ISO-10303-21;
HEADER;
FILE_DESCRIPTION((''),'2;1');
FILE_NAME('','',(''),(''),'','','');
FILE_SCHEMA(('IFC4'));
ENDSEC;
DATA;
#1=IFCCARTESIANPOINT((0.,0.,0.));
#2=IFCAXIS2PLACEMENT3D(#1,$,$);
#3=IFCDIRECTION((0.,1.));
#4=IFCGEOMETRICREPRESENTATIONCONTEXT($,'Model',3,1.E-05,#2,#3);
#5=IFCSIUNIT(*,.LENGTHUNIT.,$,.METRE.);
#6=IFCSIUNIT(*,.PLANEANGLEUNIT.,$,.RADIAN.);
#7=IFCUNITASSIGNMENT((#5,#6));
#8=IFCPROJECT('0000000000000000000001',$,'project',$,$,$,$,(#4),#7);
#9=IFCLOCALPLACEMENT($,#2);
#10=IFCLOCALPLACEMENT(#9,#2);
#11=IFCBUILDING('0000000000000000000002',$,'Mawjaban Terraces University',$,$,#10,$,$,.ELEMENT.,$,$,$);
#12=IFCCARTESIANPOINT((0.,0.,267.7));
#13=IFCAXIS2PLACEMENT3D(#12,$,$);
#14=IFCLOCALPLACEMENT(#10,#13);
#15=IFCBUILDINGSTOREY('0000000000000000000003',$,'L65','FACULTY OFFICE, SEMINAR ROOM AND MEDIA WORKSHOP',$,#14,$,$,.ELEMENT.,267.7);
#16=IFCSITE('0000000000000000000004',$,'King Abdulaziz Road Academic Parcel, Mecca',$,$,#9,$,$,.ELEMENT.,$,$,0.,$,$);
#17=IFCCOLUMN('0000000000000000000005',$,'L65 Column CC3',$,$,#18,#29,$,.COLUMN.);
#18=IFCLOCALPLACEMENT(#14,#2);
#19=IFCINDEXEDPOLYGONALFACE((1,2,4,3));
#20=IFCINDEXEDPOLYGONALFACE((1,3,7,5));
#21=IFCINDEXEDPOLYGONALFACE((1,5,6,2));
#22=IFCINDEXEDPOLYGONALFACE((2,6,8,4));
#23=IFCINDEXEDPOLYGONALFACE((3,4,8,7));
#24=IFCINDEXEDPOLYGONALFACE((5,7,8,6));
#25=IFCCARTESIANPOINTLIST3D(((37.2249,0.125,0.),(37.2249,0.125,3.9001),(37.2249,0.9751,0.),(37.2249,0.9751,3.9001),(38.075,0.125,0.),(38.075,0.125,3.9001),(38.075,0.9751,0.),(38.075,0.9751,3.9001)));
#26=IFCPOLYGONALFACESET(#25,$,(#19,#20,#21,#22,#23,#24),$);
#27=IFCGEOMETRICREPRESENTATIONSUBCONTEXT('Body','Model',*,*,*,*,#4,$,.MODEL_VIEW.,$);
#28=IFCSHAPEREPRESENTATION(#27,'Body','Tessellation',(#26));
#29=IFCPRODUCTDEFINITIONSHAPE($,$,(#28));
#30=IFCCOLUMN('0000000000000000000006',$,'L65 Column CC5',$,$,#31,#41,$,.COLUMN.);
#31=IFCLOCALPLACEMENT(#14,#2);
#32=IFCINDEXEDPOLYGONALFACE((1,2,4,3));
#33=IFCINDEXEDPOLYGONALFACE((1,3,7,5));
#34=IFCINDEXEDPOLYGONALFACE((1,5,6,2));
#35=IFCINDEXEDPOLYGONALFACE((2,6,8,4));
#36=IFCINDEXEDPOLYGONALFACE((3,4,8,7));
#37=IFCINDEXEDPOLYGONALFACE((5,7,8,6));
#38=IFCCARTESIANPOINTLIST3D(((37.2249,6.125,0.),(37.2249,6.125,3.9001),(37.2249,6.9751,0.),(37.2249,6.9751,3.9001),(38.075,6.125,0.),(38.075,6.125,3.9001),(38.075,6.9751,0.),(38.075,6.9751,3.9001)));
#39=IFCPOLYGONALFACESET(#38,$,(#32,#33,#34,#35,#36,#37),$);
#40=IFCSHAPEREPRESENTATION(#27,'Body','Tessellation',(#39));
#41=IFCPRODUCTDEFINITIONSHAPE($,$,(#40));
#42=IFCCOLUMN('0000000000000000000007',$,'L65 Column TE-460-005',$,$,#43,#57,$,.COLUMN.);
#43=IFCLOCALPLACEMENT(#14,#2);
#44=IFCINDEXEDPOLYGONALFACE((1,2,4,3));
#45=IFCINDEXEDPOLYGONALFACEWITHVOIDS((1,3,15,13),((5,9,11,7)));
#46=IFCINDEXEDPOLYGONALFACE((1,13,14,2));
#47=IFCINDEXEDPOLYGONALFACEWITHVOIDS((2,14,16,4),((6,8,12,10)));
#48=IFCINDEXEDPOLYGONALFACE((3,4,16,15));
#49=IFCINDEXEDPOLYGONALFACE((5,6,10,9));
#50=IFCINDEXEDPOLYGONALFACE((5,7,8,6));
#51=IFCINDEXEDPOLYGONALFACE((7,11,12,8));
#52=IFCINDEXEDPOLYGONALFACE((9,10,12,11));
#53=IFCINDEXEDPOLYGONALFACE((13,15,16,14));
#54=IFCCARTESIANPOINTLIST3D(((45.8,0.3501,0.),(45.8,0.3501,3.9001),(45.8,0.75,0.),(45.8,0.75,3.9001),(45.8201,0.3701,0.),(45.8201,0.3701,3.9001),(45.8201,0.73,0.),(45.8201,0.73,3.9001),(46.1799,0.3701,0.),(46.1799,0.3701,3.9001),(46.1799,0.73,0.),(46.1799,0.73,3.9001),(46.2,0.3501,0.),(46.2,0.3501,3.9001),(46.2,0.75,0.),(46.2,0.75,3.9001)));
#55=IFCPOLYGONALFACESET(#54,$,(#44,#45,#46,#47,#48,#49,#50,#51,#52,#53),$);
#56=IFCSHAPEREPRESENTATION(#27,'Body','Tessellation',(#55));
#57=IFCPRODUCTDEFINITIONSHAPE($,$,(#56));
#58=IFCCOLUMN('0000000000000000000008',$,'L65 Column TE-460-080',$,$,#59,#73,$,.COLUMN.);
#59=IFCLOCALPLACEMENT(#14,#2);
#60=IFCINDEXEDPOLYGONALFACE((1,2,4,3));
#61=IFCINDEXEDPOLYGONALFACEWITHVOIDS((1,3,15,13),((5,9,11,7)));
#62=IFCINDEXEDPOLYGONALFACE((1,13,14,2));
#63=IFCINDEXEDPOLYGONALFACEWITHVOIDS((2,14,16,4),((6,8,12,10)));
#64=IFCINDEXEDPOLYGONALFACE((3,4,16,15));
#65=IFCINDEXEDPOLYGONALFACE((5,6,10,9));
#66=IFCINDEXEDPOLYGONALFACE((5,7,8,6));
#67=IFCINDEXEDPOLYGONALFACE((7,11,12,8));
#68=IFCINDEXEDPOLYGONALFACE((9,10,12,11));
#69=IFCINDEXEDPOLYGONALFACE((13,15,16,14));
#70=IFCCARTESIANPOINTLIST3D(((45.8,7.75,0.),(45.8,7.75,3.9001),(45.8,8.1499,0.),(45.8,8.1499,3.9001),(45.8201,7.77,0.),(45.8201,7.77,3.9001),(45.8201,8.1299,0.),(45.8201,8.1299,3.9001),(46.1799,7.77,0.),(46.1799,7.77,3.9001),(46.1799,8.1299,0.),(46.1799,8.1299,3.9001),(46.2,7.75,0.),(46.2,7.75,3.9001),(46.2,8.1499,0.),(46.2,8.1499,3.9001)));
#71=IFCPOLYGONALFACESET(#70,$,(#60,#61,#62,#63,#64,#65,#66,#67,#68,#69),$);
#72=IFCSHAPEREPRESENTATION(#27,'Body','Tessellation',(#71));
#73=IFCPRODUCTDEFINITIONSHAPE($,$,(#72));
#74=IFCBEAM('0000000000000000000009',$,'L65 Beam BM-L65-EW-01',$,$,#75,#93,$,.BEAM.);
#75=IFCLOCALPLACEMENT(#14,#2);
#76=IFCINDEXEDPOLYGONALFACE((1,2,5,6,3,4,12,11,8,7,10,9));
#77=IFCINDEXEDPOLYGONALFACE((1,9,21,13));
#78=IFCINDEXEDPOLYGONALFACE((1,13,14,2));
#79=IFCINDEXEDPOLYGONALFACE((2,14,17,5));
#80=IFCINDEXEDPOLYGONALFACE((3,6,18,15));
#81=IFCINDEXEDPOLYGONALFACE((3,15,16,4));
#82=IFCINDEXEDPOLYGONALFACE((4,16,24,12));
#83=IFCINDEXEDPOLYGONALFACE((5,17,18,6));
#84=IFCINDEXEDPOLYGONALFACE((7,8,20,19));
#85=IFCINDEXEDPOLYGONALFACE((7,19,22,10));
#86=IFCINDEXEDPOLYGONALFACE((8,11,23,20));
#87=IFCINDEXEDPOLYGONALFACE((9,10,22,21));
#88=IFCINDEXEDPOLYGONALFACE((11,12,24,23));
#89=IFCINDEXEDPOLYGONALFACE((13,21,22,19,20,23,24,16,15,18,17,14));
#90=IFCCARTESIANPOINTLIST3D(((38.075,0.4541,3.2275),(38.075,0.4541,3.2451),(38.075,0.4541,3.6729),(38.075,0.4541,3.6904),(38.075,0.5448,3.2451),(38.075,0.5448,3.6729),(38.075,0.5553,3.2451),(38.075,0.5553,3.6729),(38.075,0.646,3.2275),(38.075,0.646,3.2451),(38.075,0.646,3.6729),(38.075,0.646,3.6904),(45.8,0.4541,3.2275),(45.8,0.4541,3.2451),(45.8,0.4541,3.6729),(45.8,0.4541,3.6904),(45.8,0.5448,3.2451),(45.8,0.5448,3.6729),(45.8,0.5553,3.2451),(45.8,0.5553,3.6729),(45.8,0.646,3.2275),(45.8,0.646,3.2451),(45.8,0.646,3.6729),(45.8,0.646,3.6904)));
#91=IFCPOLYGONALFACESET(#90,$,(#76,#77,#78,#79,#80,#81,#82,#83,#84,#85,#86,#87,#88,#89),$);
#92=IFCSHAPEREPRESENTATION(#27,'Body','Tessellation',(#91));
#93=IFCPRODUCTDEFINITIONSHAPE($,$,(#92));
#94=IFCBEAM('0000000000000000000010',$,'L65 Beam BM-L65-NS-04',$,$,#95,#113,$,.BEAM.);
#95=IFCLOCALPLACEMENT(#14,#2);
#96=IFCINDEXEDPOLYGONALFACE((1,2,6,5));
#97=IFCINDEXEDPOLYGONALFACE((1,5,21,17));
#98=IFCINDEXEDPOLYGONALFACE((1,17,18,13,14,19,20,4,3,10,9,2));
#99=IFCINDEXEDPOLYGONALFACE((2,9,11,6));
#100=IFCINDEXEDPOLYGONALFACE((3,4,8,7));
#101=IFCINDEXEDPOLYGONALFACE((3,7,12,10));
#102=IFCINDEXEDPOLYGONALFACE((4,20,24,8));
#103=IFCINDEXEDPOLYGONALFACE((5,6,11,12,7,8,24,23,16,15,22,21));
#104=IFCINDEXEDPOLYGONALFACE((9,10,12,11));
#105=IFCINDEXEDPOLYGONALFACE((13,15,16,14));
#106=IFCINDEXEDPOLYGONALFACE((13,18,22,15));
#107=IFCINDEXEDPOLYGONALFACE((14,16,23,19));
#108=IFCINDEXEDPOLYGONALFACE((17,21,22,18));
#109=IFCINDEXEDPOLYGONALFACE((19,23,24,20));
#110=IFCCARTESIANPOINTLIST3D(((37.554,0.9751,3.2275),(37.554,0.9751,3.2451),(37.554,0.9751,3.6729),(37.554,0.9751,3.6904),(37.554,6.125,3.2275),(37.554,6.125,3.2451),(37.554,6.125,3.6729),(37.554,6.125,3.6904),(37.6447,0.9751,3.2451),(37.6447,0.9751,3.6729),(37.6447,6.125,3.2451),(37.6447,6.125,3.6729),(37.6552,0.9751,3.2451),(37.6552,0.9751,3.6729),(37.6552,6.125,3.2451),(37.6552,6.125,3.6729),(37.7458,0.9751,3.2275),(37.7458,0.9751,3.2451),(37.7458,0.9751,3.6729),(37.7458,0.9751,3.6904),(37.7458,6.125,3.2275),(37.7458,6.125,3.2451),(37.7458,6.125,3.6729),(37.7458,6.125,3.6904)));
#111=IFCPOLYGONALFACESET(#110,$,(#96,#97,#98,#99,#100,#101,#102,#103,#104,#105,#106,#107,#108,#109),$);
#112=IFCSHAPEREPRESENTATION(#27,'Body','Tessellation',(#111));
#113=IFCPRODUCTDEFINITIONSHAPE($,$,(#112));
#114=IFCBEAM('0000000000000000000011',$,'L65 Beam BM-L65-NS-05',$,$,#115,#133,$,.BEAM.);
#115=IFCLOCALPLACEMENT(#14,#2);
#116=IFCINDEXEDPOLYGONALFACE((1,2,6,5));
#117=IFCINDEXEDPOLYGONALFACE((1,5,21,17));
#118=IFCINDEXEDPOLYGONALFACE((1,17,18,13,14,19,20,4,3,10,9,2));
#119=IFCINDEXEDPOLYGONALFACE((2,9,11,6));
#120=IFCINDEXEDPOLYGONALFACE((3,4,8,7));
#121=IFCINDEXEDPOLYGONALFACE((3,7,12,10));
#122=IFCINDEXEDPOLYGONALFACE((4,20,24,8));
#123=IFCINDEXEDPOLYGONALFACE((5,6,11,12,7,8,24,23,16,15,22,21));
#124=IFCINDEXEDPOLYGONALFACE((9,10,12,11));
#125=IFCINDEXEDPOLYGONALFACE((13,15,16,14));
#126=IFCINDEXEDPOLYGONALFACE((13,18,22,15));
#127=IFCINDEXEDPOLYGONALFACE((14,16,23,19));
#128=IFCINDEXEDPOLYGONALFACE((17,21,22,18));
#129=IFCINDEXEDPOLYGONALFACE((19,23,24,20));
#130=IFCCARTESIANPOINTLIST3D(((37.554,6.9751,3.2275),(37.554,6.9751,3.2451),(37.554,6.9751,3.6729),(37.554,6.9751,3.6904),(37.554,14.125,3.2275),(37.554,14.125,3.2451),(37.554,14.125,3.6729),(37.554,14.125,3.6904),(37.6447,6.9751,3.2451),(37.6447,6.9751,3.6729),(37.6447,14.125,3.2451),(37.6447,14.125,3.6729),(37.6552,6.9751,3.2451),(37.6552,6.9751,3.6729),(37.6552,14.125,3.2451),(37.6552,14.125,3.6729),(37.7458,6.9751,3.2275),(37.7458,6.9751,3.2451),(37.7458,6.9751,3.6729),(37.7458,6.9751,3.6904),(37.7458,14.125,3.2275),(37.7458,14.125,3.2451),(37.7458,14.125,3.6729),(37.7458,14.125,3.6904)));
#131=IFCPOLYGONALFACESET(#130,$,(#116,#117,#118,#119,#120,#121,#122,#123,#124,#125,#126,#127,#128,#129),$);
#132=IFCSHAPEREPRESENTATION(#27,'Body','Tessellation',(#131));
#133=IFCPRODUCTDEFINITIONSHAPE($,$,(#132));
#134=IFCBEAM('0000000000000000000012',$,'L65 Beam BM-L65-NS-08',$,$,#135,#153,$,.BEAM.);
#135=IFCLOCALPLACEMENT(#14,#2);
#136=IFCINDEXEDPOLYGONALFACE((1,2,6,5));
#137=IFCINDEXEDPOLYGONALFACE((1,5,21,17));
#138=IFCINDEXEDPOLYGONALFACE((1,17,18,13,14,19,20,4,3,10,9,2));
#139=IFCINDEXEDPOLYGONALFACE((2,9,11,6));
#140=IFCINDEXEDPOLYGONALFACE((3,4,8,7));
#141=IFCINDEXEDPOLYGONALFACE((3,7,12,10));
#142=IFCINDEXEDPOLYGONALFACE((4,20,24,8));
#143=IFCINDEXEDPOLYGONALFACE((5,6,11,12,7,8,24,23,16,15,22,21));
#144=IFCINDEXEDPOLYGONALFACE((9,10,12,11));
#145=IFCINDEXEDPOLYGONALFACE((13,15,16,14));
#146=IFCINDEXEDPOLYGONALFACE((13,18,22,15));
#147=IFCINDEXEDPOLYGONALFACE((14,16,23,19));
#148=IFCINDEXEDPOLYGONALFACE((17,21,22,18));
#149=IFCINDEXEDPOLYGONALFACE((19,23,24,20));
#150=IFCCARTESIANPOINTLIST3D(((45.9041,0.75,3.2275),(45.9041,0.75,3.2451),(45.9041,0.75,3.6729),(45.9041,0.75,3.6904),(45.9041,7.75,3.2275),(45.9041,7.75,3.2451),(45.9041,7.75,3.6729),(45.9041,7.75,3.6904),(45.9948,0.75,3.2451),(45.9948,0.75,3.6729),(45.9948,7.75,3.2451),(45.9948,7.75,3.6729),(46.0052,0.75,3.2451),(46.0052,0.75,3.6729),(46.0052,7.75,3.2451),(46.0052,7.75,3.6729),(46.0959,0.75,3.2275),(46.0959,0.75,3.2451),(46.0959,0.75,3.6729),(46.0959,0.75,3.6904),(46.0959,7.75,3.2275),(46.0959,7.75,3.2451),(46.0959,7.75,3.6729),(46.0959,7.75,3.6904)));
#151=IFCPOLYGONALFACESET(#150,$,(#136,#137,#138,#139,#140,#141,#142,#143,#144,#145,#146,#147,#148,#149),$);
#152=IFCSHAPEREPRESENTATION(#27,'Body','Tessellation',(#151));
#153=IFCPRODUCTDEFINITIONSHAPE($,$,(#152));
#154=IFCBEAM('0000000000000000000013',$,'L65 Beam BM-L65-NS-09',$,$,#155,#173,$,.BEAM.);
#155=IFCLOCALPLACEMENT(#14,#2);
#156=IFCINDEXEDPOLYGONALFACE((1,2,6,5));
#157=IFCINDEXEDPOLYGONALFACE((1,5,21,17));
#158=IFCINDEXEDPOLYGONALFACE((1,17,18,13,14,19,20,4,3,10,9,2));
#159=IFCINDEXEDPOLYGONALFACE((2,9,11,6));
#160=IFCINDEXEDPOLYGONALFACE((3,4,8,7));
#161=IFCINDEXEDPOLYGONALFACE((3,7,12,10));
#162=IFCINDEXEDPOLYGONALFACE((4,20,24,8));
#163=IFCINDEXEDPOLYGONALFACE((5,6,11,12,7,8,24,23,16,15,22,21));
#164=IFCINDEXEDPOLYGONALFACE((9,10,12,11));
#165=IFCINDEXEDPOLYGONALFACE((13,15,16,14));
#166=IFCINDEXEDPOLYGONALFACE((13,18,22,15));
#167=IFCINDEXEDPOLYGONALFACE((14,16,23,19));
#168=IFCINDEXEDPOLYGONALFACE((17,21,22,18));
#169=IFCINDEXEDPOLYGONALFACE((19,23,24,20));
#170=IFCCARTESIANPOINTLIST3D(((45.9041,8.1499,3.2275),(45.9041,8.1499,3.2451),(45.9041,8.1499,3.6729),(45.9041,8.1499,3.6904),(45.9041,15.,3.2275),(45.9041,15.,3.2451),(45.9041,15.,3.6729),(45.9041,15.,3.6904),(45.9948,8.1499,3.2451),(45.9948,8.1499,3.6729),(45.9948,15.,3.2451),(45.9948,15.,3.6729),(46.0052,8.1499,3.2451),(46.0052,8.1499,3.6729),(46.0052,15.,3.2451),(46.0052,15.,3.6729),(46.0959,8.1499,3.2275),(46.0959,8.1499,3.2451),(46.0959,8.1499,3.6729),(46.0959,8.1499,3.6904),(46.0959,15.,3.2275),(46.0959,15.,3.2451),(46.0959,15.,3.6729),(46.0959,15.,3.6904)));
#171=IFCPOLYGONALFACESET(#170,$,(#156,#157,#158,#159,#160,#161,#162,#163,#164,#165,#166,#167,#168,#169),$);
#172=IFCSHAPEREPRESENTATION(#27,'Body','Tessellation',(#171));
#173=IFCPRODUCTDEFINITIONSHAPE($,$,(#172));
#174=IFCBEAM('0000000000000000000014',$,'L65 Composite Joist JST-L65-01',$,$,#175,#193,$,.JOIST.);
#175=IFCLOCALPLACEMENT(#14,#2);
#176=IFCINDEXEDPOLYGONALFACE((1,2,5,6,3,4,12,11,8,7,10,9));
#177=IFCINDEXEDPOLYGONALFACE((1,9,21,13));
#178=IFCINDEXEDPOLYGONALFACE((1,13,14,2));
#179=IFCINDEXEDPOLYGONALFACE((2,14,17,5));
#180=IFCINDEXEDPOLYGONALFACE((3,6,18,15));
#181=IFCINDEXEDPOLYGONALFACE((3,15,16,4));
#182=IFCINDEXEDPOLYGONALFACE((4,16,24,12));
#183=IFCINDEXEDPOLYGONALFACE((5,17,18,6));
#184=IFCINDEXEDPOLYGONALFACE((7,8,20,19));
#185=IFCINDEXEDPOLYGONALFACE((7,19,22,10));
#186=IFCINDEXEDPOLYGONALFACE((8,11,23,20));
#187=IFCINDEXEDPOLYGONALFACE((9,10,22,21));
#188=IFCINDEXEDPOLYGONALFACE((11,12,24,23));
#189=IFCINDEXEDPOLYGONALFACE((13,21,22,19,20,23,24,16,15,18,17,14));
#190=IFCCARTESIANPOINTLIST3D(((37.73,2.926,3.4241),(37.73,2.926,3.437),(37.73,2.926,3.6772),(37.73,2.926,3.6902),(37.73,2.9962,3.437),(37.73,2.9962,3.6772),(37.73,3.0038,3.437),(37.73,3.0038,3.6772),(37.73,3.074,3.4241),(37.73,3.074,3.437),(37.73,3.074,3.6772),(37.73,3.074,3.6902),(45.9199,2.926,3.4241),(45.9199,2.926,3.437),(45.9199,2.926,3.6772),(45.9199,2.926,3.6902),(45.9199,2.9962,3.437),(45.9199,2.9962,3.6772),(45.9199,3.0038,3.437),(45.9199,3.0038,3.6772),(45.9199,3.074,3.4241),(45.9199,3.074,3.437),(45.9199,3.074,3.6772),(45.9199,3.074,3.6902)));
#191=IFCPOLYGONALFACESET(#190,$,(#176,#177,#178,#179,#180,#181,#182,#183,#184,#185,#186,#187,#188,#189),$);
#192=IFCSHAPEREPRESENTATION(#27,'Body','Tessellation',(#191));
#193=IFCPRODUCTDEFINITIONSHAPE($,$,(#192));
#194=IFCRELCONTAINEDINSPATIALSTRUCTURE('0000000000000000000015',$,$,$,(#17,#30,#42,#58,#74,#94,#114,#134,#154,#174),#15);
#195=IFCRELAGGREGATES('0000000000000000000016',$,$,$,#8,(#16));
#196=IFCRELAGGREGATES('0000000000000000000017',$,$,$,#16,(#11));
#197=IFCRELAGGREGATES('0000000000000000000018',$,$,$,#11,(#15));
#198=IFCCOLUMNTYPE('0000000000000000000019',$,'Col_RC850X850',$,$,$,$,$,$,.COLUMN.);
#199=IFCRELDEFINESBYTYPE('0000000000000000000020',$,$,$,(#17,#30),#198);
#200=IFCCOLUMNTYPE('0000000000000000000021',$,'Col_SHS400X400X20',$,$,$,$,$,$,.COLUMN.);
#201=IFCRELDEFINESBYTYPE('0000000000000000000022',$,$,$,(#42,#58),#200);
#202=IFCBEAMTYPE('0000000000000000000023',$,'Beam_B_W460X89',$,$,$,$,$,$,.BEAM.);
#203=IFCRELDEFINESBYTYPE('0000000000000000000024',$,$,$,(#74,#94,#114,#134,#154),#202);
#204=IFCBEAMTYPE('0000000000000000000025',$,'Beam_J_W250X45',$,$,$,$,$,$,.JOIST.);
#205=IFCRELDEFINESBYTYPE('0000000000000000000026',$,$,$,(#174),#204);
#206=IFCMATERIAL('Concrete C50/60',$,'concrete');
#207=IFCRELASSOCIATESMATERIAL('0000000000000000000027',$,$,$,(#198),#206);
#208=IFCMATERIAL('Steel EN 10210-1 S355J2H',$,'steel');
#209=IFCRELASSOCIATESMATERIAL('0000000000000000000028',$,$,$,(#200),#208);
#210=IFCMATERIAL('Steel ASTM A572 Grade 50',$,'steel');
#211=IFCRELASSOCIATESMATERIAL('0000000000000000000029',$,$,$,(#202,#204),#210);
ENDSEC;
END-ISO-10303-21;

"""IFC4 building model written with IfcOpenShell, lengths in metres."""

from ifc_helpers import new_model, si_unit, direction, frame, origin, origin_2d, place, context, subcontext, project, spatial, rectangle, hollow_rectangle, i_section, extrude, material, material_profile, profile_set, type_object, element, save


model = new_model("IFC4")

# Units and contexts
model_context = context("Model", 3, precision=1e-05, world=origin(), true_north=direction((0.0, 1.0)))
body_context = subcontext(model_context, "Body", "Model", "MODEL_VIEW")
ifc_project = project(units=[si_unit("LENGTHUNIT", "METRE"), si_unit("PLANEANGLEUNIT", "RADIAN")], contexts=[model_context])

# Site, building, storey
site_placement = place(None, origin())
site = spatial("IfcSite", under=ifc_project, at=site_placement, Name="King Abdulaziz Road Academic Parcel, Mecca", CompositionType="ELEMENT", RefElevation=0.0)
building_placement = place(site_placement, origin())
building = spatial("IfcBuilding", under=site, at=building_placement, Name="Mawjaban Terraces University", CompositionType="ELEMENT")
storey_placement = place(building_placement, frame((0.0, 0.0, 267.7)))
storey = spatial("IfcBuildingStorey", under=building, at=storey_placement, Name="L65", Description="FACULTY OFFICE, SEMINAR ROOM AND MEDIA WORKSHOP", CompositionType="ELEMENT", Elevation=267.7)

# Columns
ifc_material_1 = material(Name="Concrete C50/60", Category="concrete")
ifc_material_profile_1 = material_profile(ifc_material_1, rectangle(XDim=0.8501, YDim=0.8501, at=origin_2d()), Name="RC850X850")
ifc_profile_set_1 = profile_set([ifc_material_profile_1], Name="Concrete C50/60")
column_type_1 = type_object("IfcColumnType", Name="Col_RC850X850", PredefinedType="COLUMN", material=ifc_profile_set_1)
for number, where, z_axis, x_axis, name in (
    (1, (37.6499, 0.55, 0.0), (0.0, 0.0, 1.0), (1.0, 0.0, 0.0), "L65 Column CC3"),
    (2, (37.6499, 6.55, 0.0), (0.0, 0.0, 1.0), (1.0, 0.0, 0.0), "L65 Column CC5"),
):
    element("IfcColumn", number, at=place(storey_placement, frame(where, z_axis=z_axis, x_axis=x_axis)), inside=storey, type_object=column_type_1, Name=name, PredefinedType="COLUMN", context=body_context, shape_type="SweptSolid", body=[
        extrude(rectangle(XDim=0.8501, YDim=0.8501, at=origin_2d()), origin(), (0.0, 0.0, 1.0), 3.9001),
    ])
ifc_material_2 = material(Name="Steel EN 10210-1 S355J2H", Category="steel")
ifc_material_profile_2 = material_profile(ifc_material_2, hollow_rectangle(XDim=0.3999, YDim=0.3999, WallThickness=0.02, at=origin_2d()), Name="SHS400X400X20")
ifc_profile_set_2 = profile_set([ifc_material_profile_2], Name="Steel EN 10210-1 S355J2H")
column_type_2 = type_object("IfcColumnType", Name="Col_SHS400X400X20", PredefinedType="COLUMN", material=ifc_profile_set_2)
for number, where, z_axis, x_axis, name in (
    (3, (46.0, 0.55, 0.0), (0.0, 0.0, 1.0), (1.0, 0.0, 0.0), "L65 Column TE-460-005"),
    (4, (46.0, 7.95, 0.0), (0.0, 0.0, 1.0), (1.0, 0.0, 0.0), "L65 Column TE-460-080"),
):
    element("IfcColumn", number, at=place(storey_placement, frame(where, z_axis=z_axis, x_axis=x_axis)), inside=storey, type_object=column_type_2, Name=name, PredefinedType="COLUMN", context=body_context, shape_type="SweptSolid", body=[
        extrude(hollow_rectangle(XDim=0.3999, YDim=0.3999, WallThickness=0.02, at=origin_2d()), origin(), (0.0, 0.0, 1.0), 3.9001),
    ])

# Beams
ifc_material_3 = material(Name="Steel ASTM A572 Grade 50", Category="steel")
ifc_material_profile_3 = material_profile(ifc_material_3, i_section(OverallWidth=0.1919, OverallDepth=0.4629, WebThickness=0.0105, FlangeThickness=0.0176, at=origin_2d()), Name="W460X89")
ifc_profile_set_3 = profile_set([ifc_material_profile_3], Name="Steel ASTM A572 Grade 50")
beam_type_1 = type_object("IfcBeamType", Name="Beam_B_W460X89", PredefinedType="BEAM", material=ifc_profile_set_3)
beam_1_placement = place(storey_placement, frame((38.075, 0.55, 3.459), z_axis=(1.0, 0.0, 0.0), x_axis=(0.0, 1.0, 0.0)))
element("IfcBeam", 5, at=beam_1_placement, inside=storey, type_object=beam_type_1, Name="L65 Beam BM-L65-EW-01", PredefinedType="BEAM", context=body_context, shape_type="SweptSolid", body=[
    extrude(i_section(OverallWidth=0.1919, OverallDepth=0.4629, WebThickness=0.0105, FlangeThickness=0.0176, at=origin_2d()), origin(), (0.0, 0.0, 1.0), 7.7251),
])
beam_2_placement = place(storey_placement, frame((37.6499, 0.9751, 3.459), z_axis=(0.0, 1.0, 0.0), x_axis=(-1.0, 0.0, 0.0)))
element("IfcBeam", 6, at=beam_2_placement, inside=storey, type_object=beam_type_1, Name="L65 Beam BM-L65-NS-04", PredefinedType="BEAM", context=body_context, shape_type="SweptSolid", body=[
    extrude(i_section(OverallWidth=0.1919, OverallDepth=0.4629, WebThickness=0.0105, FlangeThickness=0.0176, at=origin_2d()), origin(), (0.0, 0.0, 1.0), 5.1499),
])
beam_3_placement = place(storey_placement, frame((37.6499, 6.9751, 3.459), z_axis=(0.0, 1.0, 0.0), x_axis=(-1.0, 0.0, 0.0)))
element("IfcBeam", 7, at=beam_3_placement, inside=storey, type_object=beam_type_1, Name="L65 Beam BM-L65-NS-05", PredefinedType="BEAM", context=body_context, shape_type="SweptSolid", body=[
    extrude(i_section(OverallWidth=0.1919, OverallDepth=0.4629, WebThickness=0.0105, FlangeThickness=0.0176, at=origin_2d()), origin(), (0.0, 0.0, 1.0), 7.1499),
])
beam_4_placement = place(storey_placement, frame((46.0, 0.75, 3.459), z_axis=(0.0, 1.0, 0.0), x_axis=(-1.0, 0.0, 0.0)))
element("IfcBeam", 8, at=beam_4_placement, inside=storey, type_object=beam_type_1, Name="L65 Beam BM-L65-NS-08", PredefinedType="BEAM", context=body_context, shape_type="SweptSolid", body=[
    extrude(i_section(OverallWidth=0.1919, OverallDepth=0.4629, WebThickness=0.0105, FlangeThickness=0.0176, at=origin_2d()), origin(), (0.0, 0.0, 1.0), 7.0),
])
beam_5_placement = place(storey_placement, frame((46.0, 8.1499, 3.459), z_axis=(0.0, 1.0, 0.0), x_axis=(-1.0, 0.0, 0.0)))
element("IfcBeam", 9, at=beam_5_placement, inside=storey, type_object=beam_type_1, Name="L65 Beam BM-L65-NS-09", PredefinedType="BEAM", context=body_context, shape_type="SweptSolid", body=[
    extrude(i_section(OverallWidth=0.1919, OverallDepth=0.4629, WebThickness=0.0105, FlangeThickness=0.0176, at=origin_2d()), origin(), (0.0, 0.0, 1.0), 6.8501),
])
ifc_material_profile_4 = material_profile(ifc_material_3, i_section(OverallWidth=0.1479, OverallDepth=0.2661, WebThickness=0.0076, FlangeThickness=0.0129, at=origin_2d()), Name="W250X45")
ifc_profile_set_4 = profile_set([ifc_material_profile_4], Name="Steel ASTM A572 Grade 50")
beam_type_2 = type_object("IfcBeamType", Name="Beam_J_W250X45", PredefinedType="JOIST", material=ifc_profile_set_4)
for number, where, z_axis, x_axis, name in (
    (10, (37.73, 3.0, 3.5571), (1.0, 0.0, 0.0), (0.0, 1.0, 0.0), "L65 Composite Joist JST-L65-01"),
):
    element("IfcBeam", number, at=place(storey_placement, frame(where, z_axis=z_axis, x_axis=x_axis)), inside=storey, type_object=beam_type_2, Name=name, PredefinedType="JOIST", context=body_context, shape_type="SweptSolid", body=[
        extrude(i_section(OverallWidth=0.1479, OverallDepth=0.2661, WebThickness=0.0076, FlangeThickness=0.0129, at=origin_2d()), origin(), (0.0, 0.0, 1.0), 8.1899),
    ])

save(model, "model.ifc")
